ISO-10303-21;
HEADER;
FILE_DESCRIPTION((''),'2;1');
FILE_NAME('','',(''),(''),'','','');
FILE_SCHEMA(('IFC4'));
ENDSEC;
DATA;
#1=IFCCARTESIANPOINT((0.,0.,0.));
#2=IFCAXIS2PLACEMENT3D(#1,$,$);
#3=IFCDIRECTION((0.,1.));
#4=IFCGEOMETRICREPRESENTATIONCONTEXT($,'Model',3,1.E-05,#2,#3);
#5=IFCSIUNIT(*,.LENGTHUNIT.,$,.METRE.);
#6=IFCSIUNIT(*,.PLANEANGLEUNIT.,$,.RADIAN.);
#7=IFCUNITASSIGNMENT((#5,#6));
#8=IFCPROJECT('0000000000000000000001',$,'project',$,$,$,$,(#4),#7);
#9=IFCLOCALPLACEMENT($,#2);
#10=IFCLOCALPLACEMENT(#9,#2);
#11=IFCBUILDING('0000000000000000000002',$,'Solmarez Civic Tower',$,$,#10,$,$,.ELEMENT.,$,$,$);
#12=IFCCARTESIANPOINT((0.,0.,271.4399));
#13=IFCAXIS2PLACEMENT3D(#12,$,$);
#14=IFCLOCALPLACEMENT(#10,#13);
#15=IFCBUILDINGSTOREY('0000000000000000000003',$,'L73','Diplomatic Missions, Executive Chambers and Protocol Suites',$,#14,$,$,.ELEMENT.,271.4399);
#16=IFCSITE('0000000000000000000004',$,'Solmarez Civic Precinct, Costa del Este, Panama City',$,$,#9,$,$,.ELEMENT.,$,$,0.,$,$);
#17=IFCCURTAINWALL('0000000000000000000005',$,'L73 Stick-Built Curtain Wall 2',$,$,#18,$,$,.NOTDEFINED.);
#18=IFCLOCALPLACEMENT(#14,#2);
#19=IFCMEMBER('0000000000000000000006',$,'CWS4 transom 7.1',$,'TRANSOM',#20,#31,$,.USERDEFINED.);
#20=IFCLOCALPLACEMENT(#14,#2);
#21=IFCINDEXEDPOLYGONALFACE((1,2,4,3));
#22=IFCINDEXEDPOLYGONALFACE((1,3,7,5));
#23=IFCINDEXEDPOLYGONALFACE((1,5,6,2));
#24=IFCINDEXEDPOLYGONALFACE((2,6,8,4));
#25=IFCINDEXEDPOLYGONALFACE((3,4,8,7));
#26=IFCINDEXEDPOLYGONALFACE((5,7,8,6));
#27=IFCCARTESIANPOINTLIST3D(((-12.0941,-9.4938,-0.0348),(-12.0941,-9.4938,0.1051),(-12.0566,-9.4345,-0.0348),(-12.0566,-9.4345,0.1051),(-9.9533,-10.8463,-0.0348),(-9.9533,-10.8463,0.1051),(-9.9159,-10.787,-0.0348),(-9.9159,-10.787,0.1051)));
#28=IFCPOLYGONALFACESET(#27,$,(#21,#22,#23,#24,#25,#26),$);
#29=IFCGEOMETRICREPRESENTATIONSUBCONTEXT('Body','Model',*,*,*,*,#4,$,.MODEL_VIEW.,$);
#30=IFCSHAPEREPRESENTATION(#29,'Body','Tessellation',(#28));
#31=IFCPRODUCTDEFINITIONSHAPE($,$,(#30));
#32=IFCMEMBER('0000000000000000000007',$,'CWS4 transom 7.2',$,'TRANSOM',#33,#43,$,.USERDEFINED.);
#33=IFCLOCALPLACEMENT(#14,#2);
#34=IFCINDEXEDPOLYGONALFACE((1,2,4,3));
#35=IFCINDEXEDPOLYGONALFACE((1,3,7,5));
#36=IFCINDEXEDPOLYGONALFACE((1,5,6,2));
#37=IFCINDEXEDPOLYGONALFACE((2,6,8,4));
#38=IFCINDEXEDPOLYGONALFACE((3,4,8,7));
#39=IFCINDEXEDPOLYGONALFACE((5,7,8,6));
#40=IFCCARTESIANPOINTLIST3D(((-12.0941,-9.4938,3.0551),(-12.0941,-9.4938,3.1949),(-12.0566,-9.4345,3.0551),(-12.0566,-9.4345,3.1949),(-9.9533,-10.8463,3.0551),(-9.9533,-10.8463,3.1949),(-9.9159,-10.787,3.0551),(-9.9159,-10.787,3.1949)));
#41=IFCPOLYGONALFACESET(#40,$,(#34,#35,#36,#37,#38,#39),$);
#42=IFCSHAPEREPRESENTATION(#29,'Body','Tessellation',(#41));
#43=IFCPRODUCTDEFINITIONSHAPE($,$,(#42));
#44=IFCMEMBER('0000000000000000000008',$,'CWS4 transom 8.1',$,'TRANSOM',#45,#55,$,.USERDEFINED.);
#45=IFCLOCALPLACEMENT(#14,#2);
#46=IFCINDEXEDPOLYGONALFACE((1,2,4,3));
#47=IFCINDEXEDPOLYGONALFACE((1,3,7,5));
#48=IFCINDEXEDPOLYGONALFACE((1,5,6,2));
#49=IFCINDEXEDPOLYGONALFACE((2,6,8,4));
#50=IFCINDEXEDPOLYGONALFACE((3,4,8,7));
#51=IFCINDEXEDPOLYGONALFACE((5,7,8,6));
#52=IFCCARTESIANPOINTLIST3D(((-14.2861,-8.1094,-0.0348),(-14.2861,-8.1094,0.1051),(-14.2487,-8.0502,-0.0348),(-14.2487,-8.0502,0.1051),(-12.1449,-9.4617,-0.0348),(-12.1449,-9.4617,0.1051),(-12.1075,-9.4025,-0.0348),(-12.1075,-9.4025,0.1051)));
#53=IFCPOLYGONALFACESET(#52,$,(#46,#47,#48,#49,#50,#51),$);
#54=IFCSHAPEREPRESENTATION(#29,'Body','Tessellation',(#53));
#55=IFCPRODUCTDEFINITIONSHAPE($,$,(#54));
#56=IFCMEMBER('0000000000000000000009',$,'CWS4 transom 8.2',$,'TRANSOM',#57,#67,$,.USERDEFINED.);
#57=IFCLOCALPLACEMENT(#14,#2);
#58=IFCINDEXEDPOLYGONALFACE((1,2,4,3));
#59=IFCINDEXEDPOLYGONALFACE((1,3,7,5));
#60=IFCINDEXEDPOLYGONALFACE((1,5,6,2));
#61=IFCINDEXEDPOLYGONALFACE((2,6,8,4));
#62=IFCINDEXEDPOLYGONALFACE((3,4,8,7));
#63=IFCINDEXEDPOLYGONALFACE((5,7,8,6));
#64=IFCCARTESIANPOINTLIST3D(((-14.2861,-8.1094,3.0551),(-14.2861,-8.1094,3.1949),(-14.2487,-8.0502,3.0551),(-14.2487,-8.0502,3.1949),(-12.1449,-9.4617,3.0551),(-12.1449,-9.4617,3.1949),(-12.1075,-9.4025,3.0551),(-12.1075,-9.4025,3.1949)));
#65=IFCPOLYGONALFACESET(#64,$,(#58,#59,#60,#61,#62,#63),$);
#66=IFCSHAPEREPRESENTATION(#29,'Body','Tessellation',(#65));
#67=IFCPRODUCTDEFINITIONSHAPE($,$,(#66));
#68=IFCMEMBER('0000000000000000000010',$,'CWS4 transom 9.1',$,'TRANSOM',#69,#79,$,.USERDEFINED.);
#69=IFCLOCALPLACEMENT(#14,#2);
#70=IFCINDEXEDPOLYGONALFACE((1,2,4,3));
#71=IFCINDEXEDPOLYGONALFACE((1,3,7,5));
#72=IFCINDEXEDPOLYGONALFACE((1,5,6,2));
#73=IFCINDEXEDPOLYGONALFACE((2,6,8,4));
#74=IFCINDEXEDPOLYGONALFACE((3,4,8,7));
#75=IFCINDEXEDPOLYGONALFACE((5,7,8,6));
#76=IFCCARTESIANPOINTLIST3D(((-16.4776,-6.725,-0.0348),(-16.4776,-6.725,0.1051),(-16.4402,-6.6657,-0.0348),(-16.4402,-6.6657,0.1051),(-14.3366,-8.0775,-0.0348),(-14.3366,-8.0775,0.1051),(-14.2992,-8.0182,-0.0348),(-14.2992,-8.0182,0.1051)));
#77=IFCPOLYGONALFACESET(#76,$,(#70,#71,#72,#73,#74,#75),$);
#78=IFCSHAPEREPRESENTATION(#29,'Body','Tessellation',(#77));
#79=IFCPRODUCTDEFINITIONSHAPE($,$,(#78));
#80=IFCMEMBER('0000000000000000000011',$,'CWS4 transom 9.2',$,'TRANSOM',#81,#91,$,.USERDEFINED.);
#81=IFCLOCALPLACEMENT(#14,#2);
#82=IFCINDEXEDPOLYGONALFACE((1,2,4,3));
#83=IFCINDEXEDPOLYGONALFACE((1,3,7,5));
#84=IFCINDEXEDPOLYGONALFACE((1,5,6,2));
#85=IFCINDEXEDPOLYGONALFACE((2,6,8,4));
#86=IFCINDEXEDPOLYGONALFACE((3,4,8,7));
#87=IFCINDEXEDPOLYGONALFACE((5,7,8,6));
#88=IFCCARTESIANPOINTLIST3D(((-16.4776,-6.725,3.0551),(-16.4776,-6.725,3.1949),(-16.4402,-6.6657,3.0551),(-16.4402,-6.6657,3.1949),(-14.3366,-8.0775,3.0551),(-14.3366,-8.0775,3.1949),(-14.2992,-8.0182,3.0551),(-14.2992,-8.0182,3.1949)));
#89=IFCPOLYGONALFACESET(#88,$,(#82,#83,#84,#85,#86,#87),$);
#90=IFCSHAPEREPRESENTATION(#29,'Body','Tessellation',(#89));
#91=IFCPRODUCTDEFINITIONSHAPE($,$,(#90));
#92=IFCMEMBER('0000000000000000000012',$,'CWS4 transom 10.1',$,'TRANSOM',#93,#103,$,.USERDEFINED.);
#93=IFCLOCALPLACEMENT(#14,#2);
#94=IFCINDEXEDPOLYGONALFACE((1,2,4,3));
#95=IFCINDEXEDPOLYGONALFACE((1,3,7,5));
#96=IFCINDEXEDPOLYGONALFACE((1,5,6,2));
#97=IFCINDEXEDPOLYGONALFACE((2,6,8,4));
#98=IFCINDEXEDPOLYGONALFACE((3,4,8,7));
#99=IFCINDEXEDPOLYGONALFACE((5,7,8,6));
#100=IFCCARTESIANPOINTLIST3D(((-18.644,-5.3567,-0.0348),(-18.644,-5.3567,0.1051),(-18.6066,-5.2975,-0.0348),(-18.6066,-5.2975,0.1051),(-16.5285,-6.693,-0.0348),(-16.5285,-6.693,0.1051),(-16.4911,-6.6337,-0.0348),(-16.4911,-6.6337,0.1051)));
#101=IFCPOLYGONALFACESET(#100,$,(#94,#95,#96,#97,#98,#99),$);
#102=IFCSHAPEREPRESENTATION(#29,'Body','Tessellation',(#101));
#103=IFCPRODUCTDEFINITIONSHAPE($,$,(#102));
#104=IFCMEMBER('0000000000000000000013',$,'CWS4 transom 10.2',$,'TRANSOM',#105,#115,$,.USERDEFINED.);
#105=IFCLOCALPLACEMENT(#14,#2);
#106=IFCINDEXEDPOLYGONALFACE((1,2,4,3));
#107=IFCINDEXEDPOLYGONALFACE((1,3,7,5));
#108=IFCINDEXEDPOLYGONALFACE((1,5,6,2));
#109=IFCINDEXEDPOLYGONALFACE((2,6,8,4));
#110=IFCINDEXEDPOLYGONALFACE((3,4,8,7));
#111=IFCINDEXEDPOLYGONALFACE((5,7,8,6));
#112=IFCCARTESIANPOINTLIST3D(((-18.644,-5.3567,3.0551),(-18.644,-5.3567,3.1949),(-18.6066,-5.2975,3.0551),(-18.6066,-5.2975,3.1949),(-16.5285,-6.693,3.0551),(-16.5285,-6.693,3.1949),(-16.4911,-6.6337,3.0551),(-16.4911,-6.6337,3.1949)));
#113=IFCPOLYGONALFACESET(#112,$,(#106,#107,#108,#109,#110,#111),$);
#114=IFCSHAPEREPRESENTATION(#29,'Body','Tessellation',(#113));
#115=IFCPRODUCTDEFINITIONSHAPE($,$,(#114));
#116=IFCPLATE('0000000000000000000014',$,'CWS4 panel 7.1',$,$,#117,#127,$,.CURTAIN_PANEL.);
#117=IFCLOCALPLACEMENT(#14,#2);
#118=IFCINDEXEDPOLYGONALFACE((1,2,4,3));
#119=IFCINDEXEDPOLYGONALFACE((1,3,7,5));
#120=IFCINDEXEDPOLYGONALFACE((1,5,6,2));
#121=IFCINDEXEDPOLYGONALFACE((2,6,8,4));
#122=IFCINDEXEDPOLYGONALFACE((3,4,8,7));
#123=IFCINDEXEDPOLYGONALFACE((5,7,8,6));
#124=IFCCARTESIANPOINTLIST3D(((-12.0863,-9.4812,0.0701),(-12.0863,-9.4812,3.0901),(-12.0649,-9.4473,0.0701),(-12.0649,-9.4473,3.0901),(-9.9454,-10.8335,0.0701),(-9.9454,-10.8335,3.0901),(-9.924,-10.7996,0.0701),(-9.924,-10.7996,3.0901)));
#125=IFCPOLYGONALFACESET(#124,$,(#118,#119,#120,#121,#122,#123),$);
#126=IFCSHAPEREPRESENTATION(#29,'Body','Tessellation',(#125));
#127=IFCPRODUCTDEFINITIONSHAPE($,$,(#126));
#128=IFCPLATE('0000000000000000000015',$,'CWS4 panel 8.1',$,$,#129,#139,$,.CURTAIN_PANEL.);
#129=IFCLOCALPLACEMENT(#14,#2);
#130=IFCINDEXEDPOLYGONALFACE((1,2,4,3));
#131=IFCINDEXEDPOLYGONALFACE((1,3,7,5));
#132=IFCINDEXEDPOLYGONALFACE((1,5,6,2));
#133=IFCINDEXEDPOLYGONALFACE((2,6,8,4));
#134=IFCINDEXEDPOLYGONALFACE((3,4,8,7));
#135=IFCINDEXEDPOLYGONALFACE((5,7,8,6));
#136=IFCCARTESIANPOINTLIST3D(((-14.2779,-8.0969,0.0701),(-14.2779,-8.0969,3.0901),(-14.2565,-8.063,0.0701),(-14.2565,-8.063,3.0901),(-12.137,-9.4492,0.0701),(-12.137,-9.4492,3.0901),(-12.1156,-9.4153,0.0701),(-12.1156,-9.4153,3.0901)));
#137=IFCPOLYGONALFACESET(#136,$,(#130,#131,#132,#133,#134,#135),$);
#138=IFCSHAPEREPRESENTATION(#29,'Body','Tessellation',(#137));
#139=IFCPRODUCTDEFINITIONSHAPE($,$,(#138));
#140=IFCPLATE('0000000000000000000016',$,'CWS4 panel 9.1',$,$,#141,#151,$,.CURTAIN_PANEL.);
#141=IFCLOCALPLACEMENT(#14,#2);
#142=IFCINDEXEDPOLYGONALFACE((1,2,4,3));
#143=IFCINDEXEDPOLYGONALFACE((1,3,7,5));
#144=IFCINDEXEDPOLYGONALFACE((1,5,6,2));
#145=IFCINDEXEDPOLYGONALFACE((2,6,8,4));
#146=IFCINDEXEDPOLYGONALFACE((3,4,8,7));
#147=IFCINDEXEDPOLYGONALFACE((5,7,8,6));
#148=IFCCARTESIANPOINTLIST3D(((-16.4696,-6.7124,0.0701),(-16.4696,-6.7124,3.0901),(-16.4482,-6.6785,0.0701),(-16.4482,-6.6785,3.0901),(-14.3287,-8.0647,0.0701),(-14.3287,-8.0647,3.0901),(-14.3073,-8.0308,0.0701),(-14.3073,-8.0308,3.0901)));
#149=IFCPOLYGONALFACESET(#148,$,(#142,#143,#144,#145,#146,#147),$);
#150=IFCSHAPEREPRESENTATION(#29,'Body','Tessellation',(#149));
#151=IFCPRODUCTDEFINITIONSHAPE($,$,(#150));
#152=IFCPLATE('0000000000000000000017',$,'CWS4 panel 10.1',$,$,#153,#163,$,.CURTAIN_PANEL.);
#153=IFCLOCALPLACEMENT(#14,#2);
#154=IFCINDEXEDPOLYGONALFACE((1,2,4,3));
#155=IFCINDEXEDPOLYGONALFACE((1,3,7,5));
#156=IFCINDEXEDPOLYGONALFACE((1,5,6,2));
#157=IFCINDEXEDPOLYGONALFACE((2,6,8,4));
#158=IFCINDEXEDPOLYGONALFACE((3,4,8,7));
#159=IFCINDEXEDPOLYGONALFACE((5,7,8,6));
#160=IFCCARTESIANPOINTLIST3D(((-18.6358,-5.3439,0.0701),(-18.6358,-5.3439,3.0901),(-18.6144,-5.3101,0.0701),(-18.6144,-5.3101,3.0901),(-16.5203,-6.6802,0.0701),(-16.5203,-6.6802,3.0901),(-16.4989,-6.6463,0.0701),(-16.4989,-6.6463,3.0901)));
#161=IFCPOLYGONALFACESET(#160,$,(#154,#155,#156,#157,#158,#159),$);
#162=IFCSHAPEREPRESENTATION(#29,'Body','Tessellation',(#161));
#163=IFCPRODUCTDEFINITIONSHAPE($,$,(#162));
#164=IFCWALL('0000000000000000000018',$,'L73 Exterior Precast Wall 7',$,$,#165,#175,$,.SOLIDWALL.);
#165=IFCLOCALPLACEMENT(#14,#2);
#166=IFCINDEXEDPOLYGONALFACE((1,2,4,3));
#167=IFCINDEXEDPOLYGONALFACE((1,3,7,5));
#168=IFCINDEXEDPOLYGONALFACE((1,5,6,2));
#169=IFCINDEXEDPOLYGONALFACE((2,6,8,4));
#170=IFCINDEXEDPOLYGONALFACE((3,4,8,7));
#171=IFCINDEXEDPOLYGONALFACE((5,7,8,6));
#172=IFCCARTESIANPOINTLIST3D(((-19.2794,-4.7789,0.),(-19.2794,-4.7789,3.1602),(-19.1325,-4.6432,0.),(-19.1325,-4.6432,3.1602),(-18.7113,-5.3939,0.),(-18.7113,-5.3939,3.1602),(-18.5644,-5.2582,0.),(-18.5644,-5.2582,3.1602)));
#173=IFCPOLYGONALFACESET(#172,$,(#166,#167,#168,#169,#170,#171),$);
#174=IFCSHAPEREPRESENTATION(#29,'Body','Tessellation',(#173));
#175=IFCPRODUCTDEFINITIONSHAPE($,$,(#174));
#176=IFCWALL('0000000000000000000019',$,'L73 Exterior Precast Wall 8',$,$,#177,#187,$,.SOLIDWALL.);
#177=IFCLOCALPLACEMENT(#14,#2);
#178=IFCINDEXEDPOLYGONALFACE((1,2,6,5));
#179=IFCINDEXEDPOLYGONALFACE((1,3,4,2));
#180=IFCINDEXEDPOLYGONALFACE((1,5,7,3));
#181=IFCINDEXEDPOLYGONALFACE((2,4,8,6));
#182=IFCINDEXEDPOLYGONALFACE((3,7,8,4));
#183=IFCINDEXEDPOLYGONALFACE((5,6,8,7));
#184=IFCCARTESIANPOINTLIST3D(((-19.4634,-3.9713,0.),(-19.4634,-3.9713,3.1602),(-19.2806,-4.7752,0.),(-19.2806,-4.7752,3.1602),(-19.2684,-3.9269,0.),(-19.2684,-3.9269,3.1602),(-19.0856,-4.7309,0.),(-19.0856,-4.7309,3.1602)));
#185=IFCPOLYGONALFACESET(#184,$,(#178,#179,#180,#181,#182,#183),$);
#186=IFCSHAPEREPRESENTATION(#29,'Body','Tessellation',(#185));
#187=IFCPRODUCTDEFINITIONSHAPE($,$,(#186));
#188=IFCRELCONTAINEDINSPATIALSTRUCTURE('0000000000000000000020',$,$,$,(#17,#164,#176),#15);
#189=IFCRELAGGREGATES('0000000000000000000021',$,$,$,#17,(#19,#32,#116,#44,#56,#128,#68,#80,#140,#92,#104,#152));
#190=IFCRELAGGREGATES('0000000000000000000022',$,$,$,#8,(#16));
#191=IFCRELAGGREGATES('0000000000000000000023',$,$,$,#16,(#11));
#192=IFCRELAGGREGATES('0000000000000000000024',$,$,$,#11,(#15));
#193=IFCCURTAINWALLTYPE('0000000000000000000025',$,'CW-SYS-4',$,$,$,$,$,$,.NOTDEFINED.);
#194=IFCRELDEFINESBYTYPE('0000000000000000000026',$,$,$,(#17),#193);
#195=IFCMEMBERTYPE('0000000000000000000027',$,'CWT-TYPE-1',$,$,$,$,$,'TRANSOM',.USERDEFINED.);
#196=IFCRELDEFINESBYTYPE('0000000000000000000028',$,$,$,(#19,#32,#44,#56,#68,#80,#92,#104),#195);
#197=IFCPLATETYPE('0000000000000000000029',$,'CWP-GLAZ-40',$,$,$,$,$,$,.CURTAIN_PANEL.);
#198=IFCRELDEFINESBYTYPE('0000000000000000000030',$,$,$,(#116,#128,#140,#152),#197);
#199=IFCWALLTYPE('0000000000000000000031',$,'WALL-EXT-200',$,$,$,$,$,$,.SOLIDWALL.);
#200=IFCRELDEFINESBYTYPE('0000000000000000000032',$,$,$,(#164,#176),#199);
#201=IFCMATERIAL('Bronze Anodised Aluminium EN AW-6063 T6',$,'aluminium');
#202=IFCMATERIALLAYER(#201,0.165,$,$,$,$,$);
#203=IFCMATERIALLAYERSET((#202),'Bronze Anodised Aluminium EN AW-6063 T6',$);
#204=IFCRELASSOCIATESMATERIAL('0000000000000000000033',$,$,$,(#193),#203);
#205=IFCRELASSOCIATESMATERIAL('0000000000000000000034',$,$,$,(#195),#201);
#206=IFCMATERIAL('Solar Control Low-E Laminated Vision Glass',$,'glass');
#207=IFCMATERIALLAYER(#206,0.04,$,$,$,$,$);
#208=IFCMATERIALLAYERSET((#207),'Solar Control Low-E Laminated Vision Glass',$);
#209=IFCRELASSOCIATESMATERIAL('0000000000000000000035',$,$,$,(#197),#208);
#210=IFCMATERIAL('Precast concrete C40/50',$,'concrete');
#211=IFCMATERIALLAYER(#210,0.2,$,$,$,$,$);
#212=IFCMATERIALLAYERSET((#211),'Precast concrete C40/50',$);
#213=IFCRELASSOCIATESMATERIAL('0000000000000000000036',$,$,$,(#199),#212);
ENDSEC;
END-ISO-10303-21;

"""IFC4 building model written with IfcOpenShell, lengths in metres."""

from ifc_helpers import new_model, si_unit, direction, frame, frame_2d, origin, origin_2d, place, context, subcontext, project, spatial, rectangle, extrude, material, layer, layer_set, material_profile, profile_set, type_object, element, aggregate, save


model = new_model("IFC4")

# Units and contexts
model_context = context("Model", 3, precision=1e-05, world=origin(), true_north=direction((0.0, 1.0)))
body_context = subcontext(model_context, "Body", "Model", "MODEL_VIEW")
ifc_project = project(units=[si_unit("LENGTHUNIT", "METRE"), si_unit("PLANEANGLEUNIT", "RADIAN")], contexts=[model_context])

# Site, building, storey
site_placement = place(None, origin())
site = spatial("IfcSite", under=ifc_project, at=site_placement, Name="Solmarez Civic Precinct, Costa del Este, Panama City", CompositionType="ELEMENT", RefElevation=0.0)
building_placement = place(site_placement, origin())
building = spatial("IfcBuilding", under=site, at=building_placement, Name="Solmarez Civic Tower", CompositionType="ELEMENT")
storey_placement = place(building_placement, frame((0.0, 0.0, 271.4399)))
storey = spatial("IfcBuildingStorey", under=building, at=storey_placement, Name="L73", Description="Diplomatic Missions, Executive Chambers and Protocol Suites", CompositionType="ELEMENT", Elevation=271.4399)

# Curtain wall, members, plates
ifc_material_1 = material(Name="Bronze Anodised Aluminium EN AW-6063 T6", Category="aluminium")
ifc_layer_1 = layer(ifc_material_1, 0.165)
ifc_layer_set_1 = layer_set([ifc_layer_1], Name="Bronze Anodised Aluminium EN AW-6063 T6")
curtain_wall_type = type_object("IfcCurtainWallType", Name="CW-SYS-4", PredefinedType="NOTDEFINED", material=ifc_layer_set_1)
curtain_wall_placement = place(storey_placement, origin())
curtain_wall = element("IfcCurtainWall", 1, at=curtain_wall_placement, inside=storey, type_object=curtain_wall_type, Name="L73 Stick-Built Curtain Wall 2", PredefinedType="NOTDEFINED")
ifc_material_profile_1 = material_profile(ifc_material_1, rectangle(XDim=0.0701, YDim=0.1399, at=origin_2d()), Name="CWT-70X140")
ifc_profile_set_1 = profile_set([ifc_material_profile_1], Name="Bronze Anodised Aluminium EN AW-6063 T6")
member_type_1 = type_object("IfcMemberType", Name="CWT-TYPE-1", ElementType="TRANSOM", PredefinedType="USERDEFINED", material=ifc_profile_set_1)
member_1_placement = place(storey_placement, frame((-9.9346, -10.8167, 0.0352), z_axis=(-0.845416, 0.534109, 0.0), x_axis=(-0.534109, -0.845416, 0.0)))
member_1 = element("IfcMember", 2, at=member_1_placement, type_object=member_type_1, Name="CWS4 transom 7.1", ObjectType="TRANSOM", PredefinedType="USERDEFINED", context=body_context, shape_type="SweptSolid", body=[
    extrude(rectangle(XDim=0.0701, YDim=0.1399, at=origin_2d()), origin(), (0.0, 0.0, 1.0), 2.5322),
])
member_2_placement = place(storey_placement, frame((-9.9346, -10.8167, 3.125), z_axis=(-0.845416, 0.534109, 0.0), x_axis=(-0.534109, -0.845416, 0.0)))
member_2 = element("IfcMember", 3, at=member_2_placement, type_object=member_type_1, Name="CWS4 transom 7.2", ObjectType="TRANSOM", PredefinedType="USERDEFINED", context=body_context, shape_type="SweptSolid", body=[
    extrude(rectangle(XDim=0.0701, YDim=0.1399, at=origin_2d()), origin(), (0.0, 0.0, 1.0), 2.5322),
])
member_3_placement = place(storey_placement, frame((-12.1262, -9.4321, 0.0352), z_axis=(-0.845487, 0.533997, 0.0), x_axis=(-0.533997, -0.845487, 0.0)))
member_3 = element("IfcMember", 4, at=member_3_placement, type_object=member_type_1, Name="CWS4 transom 8.1", ObjectType="TRANSOM", PredefinedType="USERDEFINED", context=body_context, shape_type="SweptSolid", body=[
    extrude(rectangle(XDim=0.0701, YDim=0.1399, at=origin_2d()), origin(), (0.0, 0.0, 1.0), 2.5325),
])
member_4_placement = place(storey_placement, frame((-12.1262, -9.4321, 3.125), z_axis=(-0.845487, 0.533997, 0.0), x_axis=(-0.533997, -0.845487, 0.0)))
member_4 = element("IfcMember", 5, at=member_4_placement, type_object=member_type_1, Name="CWS4 transom 8.2", ObjectType="TRANSOM", PredefinedType="USERDEFINED", context=body_context, shape_type="SweptSolid", body=[
    extrude(rectangle(XDim=0.0701, YDim=0.1399, at=origin_2d()), origin(), (0.0, 0.0, 1.0), 2.5325),
])
member_5_placement = place(storey_placement, frame((-14.3179, -8.0479, 0.0352), z_axis=(-0.845443, 0.534066, 0.0), x_axis=(-0.534066, -0.845443, 0.0)))
member_5 = element("IfcMember", 6, at=member_5_placement, type_object=member_type_1, Name="CWS4 transom 9.1", ObjectType="TRANSOM", PredefinedType="USERDEFINED", context=body_context, shape_type="SweptSolid", body=[
    extrude(rectangle(XDim=0.0701, YDim=0.1399, at=origin_2d()), origin(), (0.0, 0.0, 1.0), 2.5325),
])
member_6_placement = place(storey_placement, frame((-14.3179, -8.0479, 3.125), z_axis=(-0.845443, 0.534066, 0.0), x_axis=(-0.534066, -0.845443, 0.0)))
member_6 = element("IfcMember", 7, at=member_6_placement, type_object=member_type_1, Name="CWS4 transom 9.2", ObjectType="TRANSOM", PredefinedType="USERDEFINED", context=body_context, shape_type="SweptSolid", body=[
    extrude(rectangle(XDim=0.0701, YDim=0.1399, at=origin_2d()), origin(), (0.0, 0.0, 1.0), 2.5325),
])
member_7_placement = place(storey_placement, frame((-16.5098, -6.6633, 0.0352), z_axis=(-0.845473, 0.534019, 0.0), x_axis=(-0.534019, -0.845473, 0.0)))
member_7 = element("IfcMember", 8, at=member_7_placement, type_object=member_type_1, Name="CWS4 transom 10.1", ObjectType="TRANSOM", PredefinedType="USERDEFINED", context=body_context, shape_type="SweptSolid", body=[
    extrude(rectangle(XDim=0.0701, YDim=0.1399, at=origin_2d()), origin(), (0.0, 0.0, 1.0), 2.5022),
])
member_8_placement = place(storey_placement, frame((-16.5098, -6.6633, 3.125), z_axis=(-0.845473, 0.534019, 0.0), x_axis=(-0.534019, -0.845473, 0.0)))
member_8 = element("IfcMember", 9, at=member_8_placement, type_object=member_type_1, Name="CWS4 transom 10.2", ObjectType="TRANSOM", PredefinedType="USERDEFINED", context=body_context, shape_type="SweptSolid", body=[
    extrude(rectangle(XDim=0.0701, YDim=0.1399, at=origin_2d()), origin(), (0.0, 0.0, 1.0), 2.5022),
])
ifc_material_2 = material(Name="Solar Control Low-E Laminated Vision Glass", Category="glass")
ifc_layer_2 = layer(ifc_material_2, 0.04)
ifc_layer_set_2 = layer_set([ifc_layer_2], Name="Solar Control Low-E Laminated Vision Glass")
plate_type = type_object("IfcPlateType", Name="CWP-GLAZ-40", PredefinedType="CURTAIN_PANEL", material=ifc_layer_set_2)
plate_1_placement = place(storey_placement, frame((-11.0051, -10.1404, 0.0701), z_axis=(0.0, 0.0, 1.0), x_axis=(-0.84546, 0.534039, 0.0)))
plate_1 = element("IfcPlate", 10, at=plate_1_placement, type_object=plate_type, Name="CWS4 panel 7.1", PredefinedType="CURTAIN_PANEL", context=body_context, shape_type="SweptSolid", body=[
    extrude(rectangle(XDim=2.5322, YDim=0.04, at=origin_2d()), origin(), (0.0, 0.0, 1.0), 3.02),
])
plate_2_placement = place(storey_placement, frame((-13.1968, -8.7561, 0.0701), z_axis=(0.0, 0.0, 1.0), x_axis=(-0.84546, 0.534039, 0.0)))
plate_2 = element("IfcPlate", 11, at=plate_2_placement, type_object=plate_type, Name="CWS4 panel 8.1", PredefinedType="CURTAIN_PANEL", context=body_context, shape_type="SweptSolid", body=[
    extrude(rectangle(XDim=2.5322, YDim=0.04, at=origin_2d()), origin(), (0.0, 0.0, 1.0), 3.02),
])
plate_3_placement = place(storey_placement, frame((-15.3884, -7.3716, 0.0701), z_axis=(0.0, 0.0, 1.0), x_axis=(-0.84546, 0.534039, 0.0)))
plate_3 = element("IfcPlate", 12, at=plate_3_placement, type_object=plate_type, Name="CWS4 panel 9.1", PredefinedType="CURTAIN_PANEL", context=body_context, shape_type="SweptSolid", body=[
    extrude(rectangle(XDim=2.5322, YDim=0.04, at=origin_2d()), origin(), (0.0, 0.0, 1.0), 3.02),
])
plate_4_placement = place(storey_placement, frame((-17.5674, -5.9951, 0.0701), z_axis=(0.0, 0.0, 1.0), x_axis=(-0.84546, 0.534039, 0.0)))
plate_4 = element("IfcPlate", 13, at=plate_4_placement, type_object=plate_type, Name="CWS4 panel 10.1", PredefinedType="CURTAIN_PANEL", context=body_context, shape_type="SweptSolid", body=[
    extrude(rectangle(XDim=2.5022, YDim=0.04, at=origin_2d()), origin(), (0.0, 0.0, 1.0), 3.02),
])
aggregate(curtain_wall, [member_1, member_2, plate_1, member_3, member_4, plate_2, member_5, member_6, plate_3, member_7, member_8, plate_4])

# Walls
ifc_material_3 = material(Name="Precast concrete C40/50", Category="concrete")
ifc_layer_3 = layer(ifc_material_3, 0.2)
ifc_layer_set_3 = layer_set([ifc_layer_3], Name="Precast concrete C40/50")
wall_type_1 = type_object("IfcWallType", Name="WALL-EXT-200", PredefinedType="SOLIDWALL", material=ifc_layer_set_3)
wall_1_placement = place(storey_placement, frame((-18.6379, -5.3259, 0.0), z_axis=(0.0, 0.0, 1.0), x_axis=(-0.678559, 0.734546, 0.0)))
element("IfcWall", 14, at=wall_1_placement, inside=storey, type_object=wall_type_1, Name="L73 Exterior Precast Wall 7", PredefinedType="SOLIDWALL", context=body_context, shape_type="SweptSolid", body=[
    extrude(rectangle(XDim=0.8372, YDim=0.2, at=frame_2d((0.4185, 0.0))), origin(), (0.0, 0.0, 1.0), 3.1602),
])
wall_2_placement = place(storey_placement, frame((-19.1831, -4.7529, 0.0), z_axis=(0.0, 0.0, 1.0), x_axis=(-0.221787, 0.975095, 0.0)))
element("IfcWall", 15, at=wall_2_placement, inside=storey, type_object=wall_type_1, Name="L73 Exterior Precast Wall 8", PredefinedType="SOLIDWALL", context=body_context, shape_type="SweptSolid", body=[
    extrude(rectangle(XDim=0.8245, YDim=0.2, at=frame_2d((0.4121, 0.0))), origin(), (0.0, 0.0, 1.0), 3.1602),
])

save(model, "model.ifc")
